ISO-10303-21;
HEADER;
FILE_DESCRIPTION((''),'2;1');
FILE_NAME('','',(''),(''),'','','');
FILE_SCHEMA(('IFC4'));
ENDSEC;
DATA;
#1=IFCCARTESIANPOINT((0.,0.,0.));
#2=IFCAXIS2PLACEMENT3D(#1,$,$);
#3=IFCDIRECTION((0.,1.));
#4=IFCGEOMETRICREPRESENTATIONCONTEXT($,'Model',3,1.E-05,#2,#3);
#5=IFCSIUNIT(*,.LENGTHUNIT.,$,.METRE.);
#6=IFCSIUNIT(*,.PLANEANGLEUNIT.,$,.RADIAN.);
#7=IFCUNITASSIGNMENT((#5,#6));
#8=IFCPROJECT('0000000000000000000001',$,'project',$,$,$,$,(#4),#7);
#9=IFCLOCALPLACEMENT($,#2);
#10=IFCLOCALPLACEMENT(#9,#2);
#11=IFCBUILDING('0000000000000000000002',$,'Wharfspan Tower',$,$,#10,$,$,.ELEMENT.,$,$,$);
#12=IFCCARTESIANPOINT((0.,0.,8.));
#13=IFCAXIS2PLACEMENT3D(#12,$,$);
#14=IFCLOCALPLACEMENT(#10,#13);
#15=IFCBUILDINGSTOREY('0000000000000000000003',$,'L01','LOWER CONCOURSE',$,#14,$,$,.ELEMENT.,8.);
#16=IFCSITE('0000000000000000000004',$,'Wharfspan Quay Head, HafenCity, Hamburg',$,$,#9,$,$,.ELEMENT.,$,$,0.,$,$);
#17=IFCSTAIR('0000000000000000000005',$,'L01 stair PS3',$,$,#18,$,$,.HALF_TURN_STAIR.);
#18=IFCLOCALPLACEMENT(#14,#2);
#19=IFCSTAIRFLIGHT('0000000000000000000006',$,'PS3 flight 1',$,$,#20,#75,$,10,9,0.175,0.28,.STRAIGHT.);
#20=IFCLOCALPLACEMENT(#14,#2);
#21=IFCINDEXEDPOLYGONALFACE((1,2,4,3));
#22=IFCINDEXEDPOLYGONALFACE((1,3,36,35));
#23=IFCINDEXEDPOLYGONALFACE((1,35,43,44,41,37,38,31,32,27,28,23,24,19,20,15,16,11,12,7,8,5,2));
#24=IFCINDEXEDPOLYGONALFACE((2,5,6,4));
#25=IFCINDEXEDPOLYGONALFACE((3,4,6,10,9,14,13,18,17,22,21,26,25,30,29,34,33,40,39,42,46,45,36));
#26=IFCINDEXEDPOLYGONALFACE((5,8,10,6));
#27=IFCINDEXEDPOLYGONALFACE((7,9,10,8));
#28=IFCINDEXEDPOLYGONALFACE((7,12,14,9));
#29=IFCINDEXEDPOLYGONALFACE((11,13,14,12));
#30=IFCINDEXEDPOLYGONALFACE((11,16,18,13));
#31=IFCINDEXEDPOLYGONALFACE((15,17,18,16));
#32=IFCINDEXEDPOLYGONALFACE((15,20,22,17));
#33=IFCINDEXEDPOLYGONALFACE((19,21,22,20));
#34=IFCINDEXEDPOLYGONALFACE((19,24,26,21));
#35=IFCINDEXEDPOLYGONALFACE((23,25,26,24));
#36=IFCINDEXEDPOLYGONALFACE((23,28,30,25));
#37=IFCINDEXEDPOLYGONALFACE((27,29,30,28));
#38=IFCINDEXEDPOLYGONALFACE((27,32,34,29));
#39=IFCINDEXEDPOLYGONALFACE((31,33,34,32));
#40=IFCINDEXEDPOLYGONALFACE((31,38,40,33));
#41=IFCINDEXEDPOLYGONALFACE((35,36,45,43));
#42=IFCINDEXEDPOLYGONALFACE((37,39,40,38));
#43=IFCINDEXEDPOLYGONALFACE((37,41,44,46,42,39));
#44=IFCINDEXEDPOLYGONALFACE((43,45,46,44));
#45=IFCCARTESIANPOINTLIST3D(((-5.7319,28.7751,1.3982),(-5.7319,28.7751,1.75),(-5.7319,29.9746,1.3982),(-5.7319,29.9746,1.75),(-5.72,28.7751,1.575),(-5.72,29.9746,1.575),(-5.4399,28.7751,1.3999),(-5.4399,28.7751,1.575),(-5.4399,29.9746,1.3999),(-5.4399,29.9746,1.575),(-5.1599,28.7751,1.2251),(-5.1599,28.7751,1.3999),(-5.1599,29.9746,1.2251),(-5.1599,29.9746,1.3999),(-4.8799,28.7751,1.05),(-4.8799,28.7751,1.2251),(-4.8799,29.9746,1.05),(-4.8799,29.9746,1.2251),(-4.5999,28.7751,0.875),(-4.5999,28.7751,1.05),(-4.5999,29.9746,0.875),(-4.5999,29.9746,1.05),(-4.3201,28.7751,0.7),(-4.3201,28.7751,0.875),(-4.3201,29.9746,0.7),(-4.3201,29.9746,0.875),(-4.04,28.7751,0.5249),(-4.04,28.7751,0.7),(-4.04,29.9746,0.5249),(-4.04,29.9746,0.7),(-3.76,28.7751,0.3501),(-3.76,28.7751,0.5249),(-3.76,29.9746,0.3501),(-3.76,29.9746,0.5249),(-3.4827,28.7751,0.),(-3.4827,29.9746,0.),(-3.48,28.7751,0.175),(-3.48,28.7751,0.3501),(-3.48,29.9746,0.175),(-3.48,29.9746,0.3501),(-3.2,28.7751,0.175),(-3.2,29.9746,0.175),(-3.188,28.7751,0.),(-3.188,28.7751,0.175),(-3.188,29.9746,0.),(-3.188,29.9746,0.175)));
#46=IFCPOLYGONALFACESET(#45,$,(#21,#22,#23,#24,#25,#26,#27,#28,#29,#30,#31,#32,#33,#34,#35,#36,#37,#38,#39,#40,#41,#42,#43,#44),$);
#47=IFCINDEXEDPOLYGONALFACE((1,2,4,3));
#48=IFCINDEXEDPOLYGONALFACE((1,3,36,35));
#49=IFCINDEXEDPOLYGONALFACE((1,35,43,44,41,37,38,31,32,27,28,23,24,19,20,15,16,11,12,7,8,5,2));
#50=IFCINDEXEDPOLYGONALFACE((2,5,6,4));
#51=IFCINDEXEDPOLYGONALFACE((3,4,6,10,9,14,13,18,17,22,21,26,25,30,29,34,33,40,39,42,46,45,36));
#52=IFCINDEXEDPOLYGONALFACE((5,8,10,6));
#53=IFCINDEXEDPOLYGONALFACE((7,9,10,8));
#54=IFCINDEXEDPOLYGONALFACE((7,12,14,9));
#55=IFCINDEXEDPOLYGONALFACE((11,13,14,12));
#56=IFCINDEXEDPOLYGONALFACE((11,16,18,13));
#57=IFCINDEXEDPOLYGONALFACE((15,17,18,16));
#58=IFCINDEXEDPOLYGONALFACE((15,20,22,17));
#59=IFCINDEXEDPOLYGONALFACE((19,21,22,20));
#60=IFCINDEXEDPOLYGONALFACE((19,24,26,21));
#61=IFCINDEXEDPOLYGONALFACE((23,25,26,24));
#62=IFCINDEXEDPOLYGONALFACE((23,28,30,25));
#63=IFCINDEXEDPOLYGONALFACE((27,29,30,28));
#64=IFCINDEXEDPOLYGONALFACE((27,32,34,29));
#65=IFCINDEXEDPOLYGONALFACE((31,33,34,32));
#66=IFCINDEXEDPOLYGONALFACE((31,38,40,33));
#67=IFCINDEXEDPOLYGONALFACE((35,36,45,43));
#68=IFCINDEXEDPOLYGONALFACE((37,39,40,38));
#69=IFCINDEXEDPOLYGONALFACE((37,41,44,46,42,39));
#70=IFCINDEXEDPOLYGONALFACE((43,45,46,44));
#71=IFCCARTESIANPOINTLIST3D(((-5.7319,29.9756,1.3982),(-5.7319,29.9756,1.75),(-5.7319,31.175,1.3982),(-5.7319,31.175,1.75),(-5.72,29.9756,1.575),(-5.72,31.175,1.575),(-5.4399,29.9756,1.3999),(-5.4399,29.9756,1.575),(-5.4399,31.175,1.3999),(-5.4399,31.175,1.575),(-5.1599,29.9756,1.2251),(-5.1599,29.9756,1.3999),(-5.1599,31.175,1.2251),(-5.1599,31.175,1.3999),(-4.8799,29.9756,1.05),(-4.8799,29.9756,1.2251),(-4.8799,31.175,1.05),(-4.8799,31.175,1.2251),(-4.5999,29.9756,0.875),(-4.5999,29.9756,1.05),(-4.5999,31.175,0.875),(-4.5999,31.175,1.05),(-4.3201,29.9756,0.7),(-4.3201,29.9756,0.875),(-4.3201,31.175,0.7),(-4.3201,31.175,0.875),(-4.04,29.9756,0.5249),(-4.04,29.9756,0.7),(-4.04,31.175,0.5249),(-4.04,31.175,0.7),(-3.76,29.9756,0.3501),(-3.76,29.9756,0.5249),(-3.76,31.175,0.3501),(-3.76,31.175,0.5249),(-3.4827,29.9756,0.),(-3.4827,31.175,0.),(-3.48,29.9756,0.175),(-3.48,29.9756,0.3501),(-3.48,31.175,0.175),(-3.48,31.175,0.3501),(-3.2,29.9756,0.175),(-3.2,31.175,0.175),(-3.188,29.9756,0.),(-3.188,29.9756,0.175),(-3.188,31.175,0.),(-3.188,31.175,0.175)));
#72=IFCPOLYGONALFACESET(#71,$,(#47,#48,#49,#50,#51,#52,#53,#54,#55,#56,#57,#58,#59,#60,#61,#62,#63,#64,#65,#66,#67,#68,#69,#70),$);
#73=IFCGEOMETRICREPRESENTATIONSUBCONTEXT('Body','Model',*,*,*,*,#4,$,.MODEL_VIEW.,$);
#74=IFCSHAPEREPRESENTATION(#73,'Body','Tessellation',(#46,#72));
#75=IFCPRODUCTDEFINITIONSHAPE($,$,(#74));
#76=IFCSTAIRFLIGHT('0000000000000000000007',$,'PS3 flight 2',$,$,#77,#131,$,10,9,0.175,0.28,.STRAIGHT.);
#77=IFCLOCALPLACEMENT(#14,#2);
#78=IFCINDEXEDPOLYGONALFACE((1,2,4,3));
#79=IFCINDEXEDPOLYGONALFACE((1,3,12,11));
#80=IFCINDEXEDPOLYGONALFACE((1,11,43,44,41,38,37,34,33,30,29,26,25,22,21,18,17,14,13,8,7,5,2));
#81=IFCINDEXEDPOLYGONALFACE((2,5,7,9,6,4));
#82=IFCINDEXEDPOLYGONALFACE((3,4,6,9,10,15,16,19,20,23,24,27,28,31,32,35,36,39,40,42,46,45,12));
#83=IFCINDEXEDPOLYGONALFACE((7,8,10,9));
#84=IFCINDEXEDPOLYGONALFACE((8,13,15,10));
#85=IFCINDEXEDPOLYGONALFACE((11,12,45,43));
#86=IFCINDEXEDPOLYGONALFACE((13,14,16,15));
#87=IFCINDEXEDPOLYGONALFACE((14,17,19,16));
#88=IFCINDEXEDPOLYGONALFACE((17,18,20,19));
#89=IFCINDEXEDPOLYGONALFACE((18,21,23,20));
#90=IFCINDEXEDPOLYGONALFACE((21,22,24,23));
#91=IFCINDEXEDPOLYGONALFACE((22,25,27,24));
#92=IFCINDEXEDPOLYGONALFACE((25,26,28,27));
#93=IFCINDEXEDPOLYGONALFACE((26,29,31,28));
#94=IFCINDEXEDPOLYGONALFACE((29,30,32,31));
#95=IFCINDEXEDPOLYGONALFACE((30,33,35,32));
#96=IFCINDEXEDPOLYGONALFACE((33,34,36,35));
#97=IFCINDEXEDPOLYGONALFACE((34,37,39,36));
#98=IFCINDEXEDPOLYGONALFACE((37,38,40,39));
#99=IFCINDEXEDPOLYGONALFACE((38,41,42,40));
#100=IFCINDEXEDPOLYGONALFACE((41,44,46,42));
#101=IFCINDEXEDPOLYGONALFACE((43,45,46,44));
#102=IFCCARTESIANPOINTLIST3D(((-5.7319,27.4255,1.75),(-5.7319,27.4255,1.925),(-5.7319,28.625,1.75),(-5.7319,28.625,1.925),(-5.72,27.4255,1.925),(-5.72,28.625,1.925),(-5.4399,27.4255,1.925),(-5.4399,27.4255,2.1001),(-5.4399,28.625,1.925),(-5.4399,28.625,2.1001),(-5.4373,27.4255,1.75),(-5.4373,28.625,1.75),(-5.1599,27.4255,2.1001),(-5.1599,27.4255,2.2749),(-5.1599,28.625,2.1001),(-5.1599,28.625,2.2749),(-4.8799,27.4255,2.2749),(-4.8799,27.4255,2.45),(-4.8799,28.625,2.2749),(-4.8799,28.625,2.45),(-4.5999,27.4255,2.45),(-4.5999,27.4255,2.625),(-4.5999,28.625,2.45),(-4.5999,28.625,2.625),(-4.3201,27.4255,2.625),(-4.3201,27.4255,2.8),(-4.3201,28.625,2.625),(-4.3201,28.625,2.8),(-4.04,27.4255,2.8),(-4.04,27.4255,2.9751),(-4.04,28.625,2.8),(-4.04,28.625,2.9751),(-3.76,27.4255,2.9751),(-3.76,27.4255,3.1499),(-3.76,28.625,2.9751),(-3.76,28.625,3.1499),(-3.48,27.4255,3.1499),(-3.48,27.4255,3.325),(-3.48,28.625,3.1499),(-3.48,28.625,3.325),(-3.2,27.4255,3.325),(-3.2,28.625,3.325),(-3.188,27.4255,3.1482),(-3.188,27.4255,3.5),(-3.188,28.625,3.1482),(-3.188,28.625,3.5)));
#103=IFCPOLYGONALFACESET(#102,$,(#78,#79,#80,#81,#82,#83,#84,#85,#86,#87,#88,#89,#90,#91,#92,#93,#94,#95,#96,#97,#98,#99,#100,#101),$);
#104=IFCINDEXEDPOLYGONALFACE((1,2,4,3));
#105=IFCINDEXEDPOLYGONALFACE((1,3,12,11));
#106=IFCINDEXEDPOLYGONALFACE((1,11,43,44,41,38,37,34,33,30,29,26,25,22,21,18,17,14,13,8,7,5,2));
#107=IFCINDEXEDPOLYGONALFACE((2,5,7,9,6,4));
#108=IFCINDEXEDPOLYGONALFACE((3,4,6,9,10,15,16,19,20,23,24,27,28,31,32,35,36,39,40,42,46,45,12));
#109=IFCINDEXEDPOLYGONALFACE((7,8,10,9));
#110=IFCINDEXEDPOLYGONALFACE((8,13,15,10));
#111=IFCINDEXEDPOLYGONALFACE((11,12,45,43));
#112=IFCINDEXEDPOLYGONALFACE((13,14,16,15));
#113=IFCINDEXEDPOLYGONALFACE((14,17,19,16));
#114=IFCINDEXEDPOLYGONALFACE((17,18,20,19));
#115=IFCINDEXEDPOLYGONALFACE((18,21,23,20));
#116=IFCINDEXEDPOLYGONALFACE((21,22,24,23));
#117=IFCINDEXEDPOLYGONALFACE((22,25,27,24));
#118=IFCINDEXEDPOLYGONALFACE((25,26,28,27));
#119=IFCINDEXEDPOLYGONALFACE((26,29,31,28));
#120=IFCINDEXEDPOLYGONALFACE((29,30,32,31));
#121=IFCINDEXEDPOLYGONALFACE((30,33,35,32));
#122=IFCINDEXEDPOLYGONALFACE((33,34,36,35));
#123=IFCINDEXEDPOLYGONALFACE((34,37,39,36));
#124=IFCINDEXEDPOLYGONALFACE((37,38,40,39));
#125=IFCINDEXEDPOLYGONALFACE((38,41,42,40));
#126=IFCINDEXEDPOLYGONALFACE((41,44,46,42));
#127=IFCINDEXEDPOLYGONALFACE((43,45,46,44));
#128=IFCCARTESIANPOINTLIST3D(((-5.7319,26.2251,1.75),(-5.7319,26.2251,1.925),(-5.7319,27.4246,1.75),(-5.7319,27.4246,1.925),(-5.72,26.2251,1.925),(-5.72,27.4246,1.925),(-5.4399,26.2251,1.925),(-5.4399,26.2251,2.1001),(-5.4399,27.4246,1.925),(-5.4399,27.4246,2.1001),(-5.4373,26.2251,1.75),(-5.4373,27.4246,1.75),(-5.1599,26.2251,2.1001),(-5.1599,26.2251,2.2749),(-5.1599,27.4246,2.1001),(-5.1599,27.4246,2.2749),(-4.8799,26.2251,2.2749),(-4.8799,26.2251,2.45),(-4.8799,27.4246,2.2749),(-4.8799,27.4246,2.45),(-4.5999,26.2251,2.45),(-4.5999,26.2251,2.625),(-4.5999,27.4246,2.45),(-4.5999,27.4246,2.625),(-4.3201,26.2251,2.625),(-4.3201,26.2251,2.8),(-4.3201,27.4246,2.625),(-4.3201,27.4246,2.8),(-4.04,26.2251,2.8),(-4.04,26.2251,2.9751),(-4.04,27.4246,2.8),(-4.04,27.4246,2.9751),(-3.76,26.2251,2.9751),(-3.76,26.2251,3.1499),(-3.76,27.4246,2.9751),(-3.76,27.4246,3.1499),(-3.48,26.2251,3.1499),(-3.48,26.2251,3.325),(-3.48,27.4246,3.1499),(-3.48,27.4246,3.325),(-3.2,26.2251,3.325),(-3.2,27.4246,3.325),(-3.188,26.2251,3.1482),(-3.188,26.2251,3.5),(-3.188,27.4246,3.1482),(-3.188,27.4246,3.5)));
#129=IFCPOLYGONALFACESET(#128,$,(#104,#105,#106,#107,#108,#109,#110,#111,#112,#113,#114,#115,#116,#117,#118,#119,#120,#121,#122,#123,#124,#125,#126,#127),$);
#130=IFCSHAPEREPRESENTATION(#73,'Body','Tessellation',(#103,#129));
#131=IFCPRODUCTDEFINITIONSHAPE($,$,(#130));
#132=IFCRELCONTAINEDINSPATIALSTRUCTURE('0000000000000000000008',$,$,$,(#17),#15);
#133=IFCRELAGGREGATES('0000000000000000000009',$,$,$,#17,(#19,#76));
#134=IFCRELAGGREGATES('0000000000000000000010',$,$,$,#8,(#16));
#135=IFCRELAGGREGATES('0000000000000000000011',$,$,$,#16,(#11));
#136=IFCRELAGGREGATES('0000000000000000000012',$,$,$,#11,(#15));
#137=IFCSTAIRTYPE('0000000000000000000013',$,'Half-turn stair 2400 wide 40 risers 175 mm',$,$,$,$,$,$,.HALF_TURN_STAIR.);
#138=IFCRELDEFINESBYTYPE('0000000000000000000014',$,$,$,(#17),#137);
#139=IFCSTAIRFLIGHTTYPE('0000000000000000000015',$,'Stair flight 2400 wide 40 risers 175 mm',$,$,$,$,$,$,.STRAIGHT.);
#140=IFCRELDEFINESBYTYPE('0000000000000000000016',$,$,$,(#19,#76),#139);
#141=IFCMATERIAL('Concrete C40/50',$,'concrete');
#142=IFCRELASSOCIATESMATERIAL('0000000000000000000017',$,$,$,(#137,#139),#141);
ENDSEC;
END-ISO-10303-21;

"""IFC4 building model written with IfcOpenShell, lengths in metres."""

from ifc_helpers import new_model, si_unit, direction, frame, origin, place, context, subcontext, project, spatial, polyline, outline, extrude, material, type_object, element, aggregate, save


model = new_model("IFC4")

# Units and contexts
model_context = context("Model", 3, precision=1e-05, world=origin(), true_north=direction((0.0, 1.0)))
body_context = subcontext(model_context, "Body", "Model", "MODEL_VIEW")
ifc_project = project(units=[si_unit("LENGTHUNIT", "METRE"), si_unit("PLANEANGLEUNIT", "RADIAN")], contexts=[model_context])

# Site, building, storey
site_placement = place(None, origin())
site = spatial("IfcSite", under=ifc_project, at=site_placement, Name="Wharfspan Quay Head, HafenCity, Hamburg", CompositionType="ELEMENT", RefElevation=0.0)
building_placement = place(site_placement, origin())
building = spatial("IfcBuilding", under=site, at=building_placement, Name="Wharfspan Tower", CompositionType="ELEMENT")
storey_placement = place(building_placement, frame((0.0, 0.0, 8.0)))
storey = spatial("IfcBuildingStorey", under=building, at=storey_placement, Name="L01", Description="LOWER CONCOURSE", CompositionType="ELEMENT", Elevation=8.0)

# Shared definitions
ifc_material_1 = material(Name="Concrete C40/50", Category="concrete")

# Stair, stair flights
stair_type = type_object("IfcStairType", Name="Half-turn stair 2400 wide 40 risers 175 mm", PredefinedType="HALF_TURN_STAIR", material=ifc_material_1)
stair_placement = place(storey_placement, origin())
stair = element("IfcStair", 1, at=stair_placement, inside=storey, type_object=stair_type, Name="L01 stair PS3", PredefinedType="HALF_TURN_STAIR")
stair_flight_type = type_object("IfcStairFlightType", Name="Stair flight 2400 wide 40 risers 175 mm", PredefinedType="STRAIGHT", material=ifc_material_1)
stair_flight_1_placement = place(storey_placement, frame((-3.2, 29.9751, 0.0), z_axis=(0.0, 0.0, 1.0), x_axis=(-1.0, 0.0, 0.0)))
stair_flight_1 = element("IfcStairFlight", 2, at=stair_flight_1_placement, type_object=stair_flight_type, Name="PS3 flight 1", NumberOfRisers=10, NumberOfTreads=9, PredefinedType="STRAIGHT", RiserHeight=0.175, TreadLength=0.28, context=body_context, shape_type="SweptSolid", body=[
    extrude(outline(polyline([(-0.012, 0.0), (-0.012, 0.175), (0.0, 0.175), (0.28, 0.175), (0.28, 0.3501), (0.5601, 0.3501), (0.5601, 0.5249), (0.8401, 0.5249), (0.8401, 0.7), (1.1201, 0.7), (1.1201, 0.875), (1.3999, 0.875), (1.3999, 1.05), (1.6799, 1.05), (1.6799, 1.2251), (1.96, 1.2251), (1.96, 1.3999), (2.24, 1.3999), (2.24, 1.575), (2.52, 1.575), (2.532, 1.75), (2.532, 1.3982), (0.2827, 0.0), (-0.012, 0.0)])), frame((0.0, 1.2, 0.0), z_axis=(0.0, -1.0, 0.0), x_axis=(1.0, 0.0, 0.0)), (0.0, 0.0, 1.0), 1.1995),
    extrude(outline(polyline([(-0.012, 0.0), (-0.012, 0.175), (0.0, 0.175), (0.28, 0.175), (0.28, 0.3501), (0.5601, 0.3501), (0.5601, 0.5249), (0.8401, 0.5249), (0.8401, 0.7), (1.1201, 0.7), (1.1201, 0.875), (1.3999, 0.875), (1.3999, 1.05), (1.6799, 1.05), (1.6799, 1.2251), (1.96, 1.2251), (1.96, 1.3999), (2.24, 1.3999), (2.24, 1.575), (2.52, 1.575), (2.532, 1.75), (2.532, 1.3982), (0.2827, 0.0), (-0.012, 0.0)])), frame((0.0, -0.0005, 0.0), z_axis=(0.0, -1.0, 0.0), x_axis=(1.0, 0.0, 0.0)), (0.0, 0.0, 1.0), 1.1995),
])
stair_flight_2_placement = place(storey_placement, frame((-5.72, 27.425, 1.75), z_axis=(0.0, 0.0, 1.0), x_axis=(1.0, 0.0, 0.0)))
stair_flight_2 = element("IfcStairFlight", 3, at=stair_flight_2_placement, type_object=stair_flight_type, Name="PS3 flight 2", NumberOfRisers=10, NumberOfTreads=9, PredefinedType="STRAIGHT", RiserHeight=0.175, TreadLength=0.28, context=body_context, shape_type="SweptSolid", body=[
    extrude(outline(polyline([(-0.012, 0.0), (-0.012, 0.175), (0.0, 0.175), (0.28, 0.175), (0.28, 0.3501), (0.5601, 0.3501), (0.5601, 0.5249), (0.8401, 0.5249), (0.8401, 0.7), (1.1201, 0.7), (1.1201, 0.875), (1.3999, 0.875), (1.3999, 1.05), (1.6799, 1.05), (1.6799, 1.2251), (1.96, 1.2251), (1.96, 1.3999), (2.24, 1.3999), (2.24, 1.575), (2.52, 1.575), (2.532, 1.75), (2.532, 1.3982), (0.2827, 0.0), (-0.012, 0.0)])), frame((0.0, 1.2, 0.0), z_axis=(0.0, -1.0, 0.0), x_axis=(1.0, 0.0, 0.0)), (0.0, 0.0, 1.0), 1.1995),
    extrude(outline(polyline([(-0.012, 0.0), (-0.012, 0.175), (0.0, 0.175), (0.28, 0.175), (0.28, 0.3501), (0.5601, 0.3501), (0.5601, 0.5249), (0.8401, 0.5249), (0.8401, 0.7), (1.1201, 0.7), (1.1201, 0.875), (1.3999, 0.875), (1.3999, 1.05), (1.6799, 1.05), (1.6799, 1.2251), (1.96, 1.2251), (1.96, 1.3999), (2.24, 1.3999), (2.24, 1.575), (2.52, 1.575), (2.532, 1.75), (2.532, 1.3982), (0.2827, 0.0), (-0.012, 0.0)])), frame((0.0, -0.0005, 0.0), z_axis=(0.0, -1.0, 0.0), x_axis=(1.0, 0.0, 0.0)), (0.0, 0.0, 1.0), 1.1995),
])
aggregate(stair, [stair_flight_1, stair_flight_2])

save(model, "model.ifc")
